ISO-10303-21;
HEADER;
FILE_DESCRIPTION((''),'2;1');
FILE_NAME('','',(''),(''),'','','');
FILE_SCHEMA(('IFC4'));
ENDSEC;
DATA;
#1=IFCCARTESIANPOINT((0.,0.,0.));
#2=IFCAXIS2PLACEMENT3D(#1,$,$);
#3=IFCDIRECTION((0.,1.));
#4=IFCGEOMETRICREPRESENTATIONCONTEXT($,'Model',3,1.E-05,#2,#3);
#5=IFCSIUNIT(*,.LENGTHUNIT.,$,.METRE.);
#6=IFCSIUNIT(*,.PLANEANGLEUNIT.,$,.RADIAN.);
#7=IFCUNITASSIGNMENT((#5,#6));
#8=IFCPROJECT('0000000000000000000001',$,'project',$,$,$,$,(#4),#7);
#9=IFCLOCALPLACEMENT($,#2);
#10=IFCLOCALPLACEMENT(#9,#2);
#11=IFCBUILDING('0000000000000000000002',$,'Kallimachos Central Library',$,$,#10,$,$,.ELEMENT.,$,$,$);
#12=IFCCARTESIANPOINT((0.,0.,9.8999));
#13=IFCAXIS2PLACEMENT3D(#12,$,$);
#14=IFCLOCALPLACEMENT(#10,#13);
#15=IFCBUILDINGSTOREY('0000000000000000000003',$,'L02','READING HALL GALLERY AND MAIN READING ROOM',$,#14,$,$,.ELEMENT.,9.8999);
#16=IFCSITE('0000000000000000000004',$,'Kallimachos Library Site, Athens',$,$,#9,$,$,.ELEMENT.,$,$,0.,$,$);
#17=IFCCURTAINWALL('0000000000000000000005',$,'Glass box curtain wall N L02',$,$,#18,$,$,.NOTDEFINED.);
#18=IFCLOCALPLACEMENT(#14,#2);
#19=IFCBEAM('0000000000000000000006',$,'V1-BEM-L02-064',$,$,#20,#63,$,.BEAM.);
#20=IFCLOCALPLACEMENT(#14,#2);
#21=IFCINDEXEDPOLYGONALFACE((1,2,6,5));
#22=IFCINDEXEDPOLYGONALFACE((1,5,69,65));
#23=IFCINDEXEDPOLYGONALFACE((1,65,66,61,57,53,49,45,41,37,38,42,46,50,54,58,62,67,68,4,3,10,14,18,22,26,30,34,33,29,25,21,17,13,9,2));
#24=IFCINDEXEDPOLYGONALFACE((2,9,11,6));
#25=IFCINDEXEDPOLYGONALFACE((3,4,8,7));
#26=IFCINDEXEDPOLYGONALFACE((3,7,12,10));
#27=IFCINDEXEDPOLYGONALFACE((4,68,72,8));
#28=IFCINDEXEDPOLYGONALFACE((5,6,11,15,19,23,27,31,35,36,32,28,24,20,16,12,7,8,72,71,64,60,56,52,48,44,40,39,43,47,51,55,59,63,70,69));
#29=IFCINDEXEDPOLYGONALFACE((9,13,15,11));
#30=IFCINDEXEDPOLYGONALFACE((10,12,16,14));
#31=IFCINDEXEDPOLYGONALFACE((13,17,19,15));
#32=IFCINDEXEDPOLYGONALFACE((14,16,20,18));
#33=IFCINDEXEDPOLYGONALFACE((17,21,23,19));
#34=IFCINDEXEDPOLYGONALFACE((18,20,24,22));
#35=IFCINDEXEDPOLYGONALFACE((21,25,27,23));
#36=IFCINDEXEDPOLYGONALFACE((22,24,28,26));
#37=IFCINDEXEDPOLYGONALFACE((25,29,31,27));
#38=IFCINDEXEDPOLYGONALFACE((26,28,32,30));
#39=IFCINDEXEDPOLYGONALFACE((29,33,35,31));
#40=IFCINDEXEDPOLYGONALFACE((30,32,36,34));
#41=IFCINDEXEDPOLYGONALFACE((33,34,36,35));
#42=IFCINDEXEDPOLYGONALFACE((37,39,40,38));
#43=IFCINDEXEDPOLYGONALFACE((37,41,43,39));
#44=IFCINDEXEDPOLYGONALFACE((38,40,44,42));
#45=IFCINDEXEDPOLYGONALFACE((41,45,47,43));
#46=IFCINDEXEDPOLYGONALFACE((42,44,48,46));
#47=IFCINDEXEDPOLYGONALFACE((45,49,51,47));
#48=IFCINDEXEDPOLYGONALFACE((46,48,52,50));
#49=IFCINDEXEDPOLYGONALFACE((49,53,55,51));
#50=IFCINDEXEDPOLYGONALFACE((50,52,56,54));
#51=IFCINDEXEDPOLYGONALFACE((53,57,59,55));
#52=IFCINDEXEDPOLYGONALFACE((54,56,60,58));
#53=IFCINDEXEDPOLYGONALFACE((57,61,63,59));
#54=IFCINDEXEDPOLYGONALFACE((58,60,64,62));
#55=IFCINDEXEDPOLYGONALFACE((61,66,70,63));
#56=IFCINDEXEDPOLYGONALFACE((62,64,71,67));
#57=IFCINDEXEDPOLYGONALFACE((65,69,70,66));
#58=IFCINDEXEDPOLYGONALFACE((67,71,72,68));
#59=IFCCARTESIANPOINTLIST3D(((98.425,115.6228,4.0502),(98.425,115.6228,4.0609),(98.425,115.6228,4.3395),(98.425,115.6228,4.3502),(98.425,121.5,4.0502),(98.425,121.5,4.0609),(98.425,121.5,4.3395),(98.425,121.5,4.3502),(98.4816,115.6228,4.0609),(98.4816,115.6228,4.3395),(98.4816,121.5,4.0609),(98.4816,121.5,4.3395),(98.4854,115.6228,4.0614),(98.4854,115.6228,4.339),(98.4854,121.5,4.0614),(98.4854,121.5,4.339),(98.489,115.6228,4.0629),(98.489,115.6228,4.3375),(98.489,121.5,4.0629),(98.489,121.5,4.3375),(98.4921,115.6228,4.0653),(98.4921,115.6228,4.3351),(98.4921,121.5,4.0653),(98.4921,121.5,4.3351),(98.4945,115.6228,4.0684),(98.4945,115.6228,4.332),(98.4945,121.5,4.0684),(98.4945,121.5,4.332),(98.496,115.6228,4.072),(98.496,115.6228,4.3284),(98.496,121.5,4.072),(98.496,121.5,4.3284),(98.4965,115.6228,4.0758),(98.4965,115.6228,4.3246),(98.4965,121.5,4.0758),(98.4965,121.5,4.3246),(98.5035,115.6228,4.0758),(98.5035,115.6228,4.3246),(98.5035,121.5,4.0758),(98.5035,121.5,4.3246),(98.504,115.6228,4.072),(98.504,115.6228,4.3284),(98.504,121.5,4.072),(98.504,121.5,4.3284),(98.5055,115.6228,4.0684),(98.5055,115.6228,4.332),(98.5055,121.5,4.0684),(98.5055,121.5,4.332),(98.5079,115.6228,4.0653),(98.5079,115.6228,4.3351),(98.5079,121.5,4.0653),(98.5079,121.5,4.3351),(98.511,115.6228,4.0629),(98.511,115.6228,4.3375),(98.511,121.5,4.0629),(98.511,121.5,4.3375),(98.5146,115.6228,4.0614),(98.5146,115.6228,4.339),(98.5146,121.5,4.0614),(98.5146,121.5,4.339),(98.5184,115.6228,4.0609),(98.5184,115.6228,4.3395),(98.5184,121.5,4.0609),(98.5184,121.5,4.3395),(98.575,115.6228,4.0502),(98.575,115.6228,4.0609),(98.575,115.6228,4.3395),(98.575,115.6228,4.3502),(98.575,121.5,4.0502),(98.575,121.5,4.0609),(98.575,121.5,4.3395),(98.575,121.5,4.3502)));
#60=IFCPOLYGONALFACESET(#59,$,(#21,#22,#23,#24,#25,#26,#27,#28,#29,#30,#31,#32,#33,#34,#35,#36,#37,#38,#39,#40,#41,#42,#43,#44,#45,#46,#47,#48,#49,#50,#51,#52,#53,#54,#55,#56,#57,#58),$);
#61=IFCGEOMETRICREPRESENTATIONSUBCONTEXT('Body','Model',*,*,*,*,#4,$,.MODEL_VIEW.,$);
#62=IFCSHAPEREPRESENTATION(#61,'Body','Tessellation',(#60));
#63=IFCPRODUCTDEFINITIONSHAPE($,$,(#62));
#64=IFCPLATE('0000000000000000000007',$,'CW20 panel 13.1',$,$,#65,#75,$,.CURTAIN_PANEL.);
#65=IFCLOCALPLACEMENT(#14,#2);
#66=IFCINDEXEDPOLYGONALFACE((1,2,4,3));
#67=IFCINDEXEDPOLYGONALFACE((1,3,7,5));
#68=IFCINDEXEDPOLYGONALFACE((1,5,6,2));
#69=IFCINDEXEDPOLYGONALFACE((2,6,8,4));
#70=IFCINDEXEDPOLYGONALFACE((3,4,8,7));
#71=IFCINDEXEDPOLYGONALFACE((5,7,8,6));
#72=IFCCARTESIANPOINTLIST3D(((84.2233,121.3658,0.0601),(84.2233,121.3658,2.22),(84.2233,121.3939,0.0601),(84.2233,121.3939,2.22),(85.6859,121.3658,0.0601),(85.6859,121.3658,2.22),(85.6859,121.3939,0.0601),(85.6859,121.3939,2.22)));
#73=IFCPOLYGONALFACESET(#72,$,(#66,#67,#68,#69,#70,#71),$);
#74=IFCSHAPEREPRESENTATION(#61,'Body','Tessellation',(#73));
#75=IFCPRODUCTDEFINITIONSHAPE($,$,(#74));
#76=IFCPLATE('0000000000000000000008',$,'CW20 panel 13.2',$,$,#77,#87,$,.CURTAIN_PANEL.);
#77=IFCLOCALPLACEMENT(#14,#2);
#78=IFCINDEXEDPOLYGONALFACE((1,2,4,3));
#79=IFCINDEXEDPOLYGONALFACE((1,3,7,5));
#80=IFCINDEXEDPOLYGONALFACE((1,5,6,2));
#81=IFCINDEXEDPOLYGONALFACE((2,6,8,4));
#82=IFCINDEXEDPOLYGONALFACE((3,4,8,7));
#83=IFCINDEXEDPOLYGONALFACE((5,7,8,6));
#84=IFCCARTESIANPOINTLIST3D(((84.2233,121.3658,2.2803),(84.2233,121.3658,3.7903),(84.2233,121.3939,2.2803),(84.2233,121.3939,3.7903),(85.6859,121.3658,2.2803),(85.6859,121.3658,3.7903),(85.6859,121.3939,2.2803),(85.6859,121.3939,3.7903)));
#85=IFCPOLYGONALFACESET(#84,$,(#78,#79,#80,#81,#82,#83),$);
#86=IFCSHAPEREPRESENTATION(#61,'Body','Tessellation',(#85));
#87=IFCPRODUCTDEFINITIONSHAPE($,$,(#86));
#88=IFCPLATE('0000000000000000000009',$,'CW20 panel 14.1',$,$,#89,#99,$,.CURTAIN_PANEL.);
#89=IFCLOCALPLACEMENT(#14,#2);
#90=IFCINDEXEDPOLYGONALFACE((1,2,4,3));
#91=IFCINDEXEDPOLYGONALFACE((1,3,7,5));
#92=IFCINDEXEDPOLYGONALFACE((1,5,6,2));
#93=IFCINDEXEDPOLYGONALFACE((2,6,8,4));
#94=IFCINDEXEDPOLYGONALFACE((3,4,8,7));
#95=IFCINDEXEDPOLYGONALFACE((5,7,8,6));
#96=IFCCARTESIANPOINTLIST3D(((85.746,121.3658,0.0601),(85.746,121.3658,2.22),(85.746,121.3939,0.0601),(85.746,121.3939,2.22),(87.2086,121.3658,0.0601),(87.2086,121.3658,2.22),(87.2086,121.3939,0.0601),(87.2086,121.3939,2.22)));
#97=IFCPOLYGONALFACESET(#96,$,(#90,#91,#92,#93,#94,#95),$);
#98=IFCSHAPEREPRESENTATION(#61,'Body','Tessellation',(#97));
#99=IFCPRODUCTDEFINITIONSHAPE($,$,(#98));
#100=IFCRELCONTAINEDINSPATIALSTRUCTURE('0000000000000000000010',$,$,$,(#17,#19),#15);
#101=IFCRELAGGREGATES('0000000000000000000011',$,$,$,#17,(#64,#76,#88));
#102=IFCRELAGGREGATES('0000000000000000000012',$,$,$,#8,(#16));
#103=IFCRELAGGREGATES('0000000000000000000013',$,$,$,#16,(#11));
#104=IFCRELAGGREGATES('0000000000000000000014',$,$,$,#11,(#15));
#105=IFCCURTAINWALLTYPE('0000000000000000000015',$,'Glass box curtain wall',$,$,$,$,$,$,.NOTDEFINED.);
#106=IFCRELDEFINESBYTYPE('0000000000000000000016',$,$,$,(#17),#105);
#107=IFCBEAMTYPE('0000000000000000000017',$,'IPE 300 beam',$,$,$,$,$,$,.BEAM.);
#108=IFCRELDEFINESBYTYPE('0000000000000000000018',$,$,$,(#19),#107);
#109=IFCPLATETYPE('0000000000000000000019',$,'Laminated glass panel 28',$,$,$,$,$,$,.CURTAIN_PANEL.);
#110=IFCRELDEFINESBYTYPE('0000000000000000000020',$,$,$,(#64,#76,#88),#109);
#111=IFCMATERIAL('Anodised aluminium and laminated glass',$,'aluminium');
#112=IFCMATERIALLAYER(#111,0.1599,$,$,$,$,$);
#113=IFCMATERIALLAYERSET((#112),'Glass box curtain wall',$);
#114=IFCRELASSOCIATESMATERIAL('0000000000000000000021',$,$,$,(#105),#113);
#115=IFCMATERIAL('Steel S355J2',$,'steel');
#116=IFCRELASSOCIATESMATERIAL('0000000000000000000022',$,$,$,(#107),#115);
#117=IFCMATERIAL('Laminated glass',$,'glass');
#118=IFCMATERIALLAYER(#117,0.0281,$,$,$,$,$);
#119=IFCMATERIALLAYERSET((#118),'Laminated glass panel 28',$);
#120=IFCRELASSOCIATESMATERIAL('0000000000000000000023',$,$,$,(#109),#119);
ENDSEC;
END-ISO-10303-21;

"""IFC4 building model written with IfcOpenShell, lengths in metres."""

from ifc_helpers import new_model, si_unit, direction, frame, origin, origin_2d, place, context, subcontext, project, spatial, rectangle, i_section, extrude, material, layer, layer_set, material_profile, profile_set, type_object, element, aggregate, save


model = new_model("IFC4")

# Units and contexts
model_context = context("Model", 3, precision=1e-05, world=origin(), true_north=direction((0.0, 1.0)))
body_context = subcontext(model_context, "Body", "Model", "MODEL_VIEW")
ifc_project = project(units=[si_unit("LENGTHUNIT", "METRE"), si_unit("PLANEANGLEUNIT", "RADIAN")], contexts=[model_context])

# Site, building, storey
site_placement = place(None, origin())
site = spatial("IfcSite", under=ifc_project, at=site_placement, Name="Kallimachos Library Site, Athens", CompositionType="ELEMENT", RefElevation=0.0)
building_placement = place(site_placement, origin())
building = spatial("IfcBuilding", under=site, at=building_placement, Name="Kallimachos Central Library", CompositionType="ELEMENT")
storey_placement = place(building_placement, frame((0.0, 0.0, 9.8999)))
storey = spatial("IfcBuildingStorey", under=building, at=storey_placement, Name="L02", Description="READING HALL GALLERY AND MAIN READING ROOM", CompositionType="ELEMENT", Elevation=9.8999)

# Curtain wall
ifc_material_1 = material(Name="Anodised aluminium and laminated glass", Category="aluminium")
ifc_layer_1 = layer(ifc_material_1, 0.1599)
ifc_layer_set_1 = layer_set([ifc_layer_1], Name="Glass box curtain wall")
curtain_wall_type = type_object("IfcCurtainWallType", Name="Glass box curtain wall", PredefinedType="NOTDEFINED", material=ifc_layer_set_1)
curtain_wall_placement = place(storey_placement, origin())
curtain_wall = element("IfcCurtainWall", 1, at=curtain_wall_placement, inside=storey, type_object=curtain_wall_type, Name="Glass box curtain wall N L02", PredefinedType="NOTDEFINED")

# Beam
ifc_material_2 = material(Name="Steel S355J2", Category="steel")
ifc_material_profile_1 = material_profile(ifc_material_2, i_section(OverallWidth=0.1499, OverallDepth=0.3, WebThickness=0.0071, FlangeThickness=0.0107, FilletRadius=0.0149, at=origin_2d()), Name="IPE 300")
ifc_profile_set_1 = profile_set([ifc_material_profile_1], Name="Steel S355J2")
beam_type_1 = type_object("IfcBeamType", Name="IPE 300 beam", PredefinedType="BEAM", material=ifc_profile_set_1)
beam_1_placement = place(storey_placement, frame((98.5, 115.6228, 4.2002), z_axis=(0.0, 1.0, 0.0), x_axis=(-1.0, 0.0, 0.0)))
element("IfcBeam", 2, at=beam_1_placement, inside=storey, type_object=beam_type_1, Name="V1-BEM-L02-064", PredefinedType="BEAM", context=body_context, shape_type="SweptSolid", body=[
    extrude(i_section(OverallWidth=0.1499, OverallDepth=0.3, WebThickness=0.0071, FlangeThickness=0.0107, FilletRadius=0.0149, at=origin_2d()), origin(), (0.0, 0.0, 1.0), 5.8772),
])

# Plates
ifc_material_3 = material(Name="Laminated glass", Category="glass")
ifc_layer_2 = layer(ifc_material_3, 0.0281)
ifc_layer_set_2 = layer_set([ifc_layer_2], Name="Laminated glass panel 28")
plate_type = type_object("IfcPlateType", Name="Laminated glass panel 28", PredefinedType="CURTAIN_PANEL", material=ifc_layer_set_2)
plate_1_placement = place(storey_placement, frame((84.9546, 121.3799, 0.0601), z_axis=(0.0, 0.0, 1.0), x_axis=(1.0, 0.0, 0.0)))
plate_1 = element("IfcPlate", 3, at=plate_1_placement, type_object=plate_type, Name="CW20 panel 13.1", PredefinedType="CURTAIN_PANEL", context=body_context, shape_type="SweptSolid", body=[
    extrude(rectangle(XDim=1.4626, YDim=0.0281, at=origin_2d()), origin(), (0.0, 0.0, 1.0), 2.1599),
])
plate_2_placement = place(storey_placement, frame((84.9546, 121.3799, 2.2803), z_axis=(0.0, 0.0, 1.0), x_axis=(1.0, 0.0, 0.0)))
plate_2 = element("IfcPlate", 4, at=plate_2_placement, type_object=plate_type, Name="CW20 panel 13.2", PredefinedType="CURTAIN_PANEL", context=body_context, shape_type="SweptSolid", body=[
    extrude(rectangle(XDim=1.4626, YDim=0.0281, at=origin_2d()), origin(), (0.0, 0.0, 1.0), 1.51),
])
plate_3_placement = place(storey_placement, frame((86.4773, 121.3799, 0.0601), z_axis=(0.0, 0.0, 1.0), x_axis=(1.0, 0.0, 0.0)))
plate_3 = element("IfcPlate", 5, at=plate_3_placement, type_object=plate_type, Name="CW20 panel 14.1", PredefinedType="CURTAIN_PANEL", context=body_context, shape_type="SweptSolid", body=[
    extrude(rectangle(XDim=1.4626, YDim=0.0281, at=origin_2d()), origin(), (0.0, 0.0, 1.0), 2.1599),
])
aggregate(curtain_wall, [plate_1, plate_2, plate_3])

save(model, "model.ifc")
